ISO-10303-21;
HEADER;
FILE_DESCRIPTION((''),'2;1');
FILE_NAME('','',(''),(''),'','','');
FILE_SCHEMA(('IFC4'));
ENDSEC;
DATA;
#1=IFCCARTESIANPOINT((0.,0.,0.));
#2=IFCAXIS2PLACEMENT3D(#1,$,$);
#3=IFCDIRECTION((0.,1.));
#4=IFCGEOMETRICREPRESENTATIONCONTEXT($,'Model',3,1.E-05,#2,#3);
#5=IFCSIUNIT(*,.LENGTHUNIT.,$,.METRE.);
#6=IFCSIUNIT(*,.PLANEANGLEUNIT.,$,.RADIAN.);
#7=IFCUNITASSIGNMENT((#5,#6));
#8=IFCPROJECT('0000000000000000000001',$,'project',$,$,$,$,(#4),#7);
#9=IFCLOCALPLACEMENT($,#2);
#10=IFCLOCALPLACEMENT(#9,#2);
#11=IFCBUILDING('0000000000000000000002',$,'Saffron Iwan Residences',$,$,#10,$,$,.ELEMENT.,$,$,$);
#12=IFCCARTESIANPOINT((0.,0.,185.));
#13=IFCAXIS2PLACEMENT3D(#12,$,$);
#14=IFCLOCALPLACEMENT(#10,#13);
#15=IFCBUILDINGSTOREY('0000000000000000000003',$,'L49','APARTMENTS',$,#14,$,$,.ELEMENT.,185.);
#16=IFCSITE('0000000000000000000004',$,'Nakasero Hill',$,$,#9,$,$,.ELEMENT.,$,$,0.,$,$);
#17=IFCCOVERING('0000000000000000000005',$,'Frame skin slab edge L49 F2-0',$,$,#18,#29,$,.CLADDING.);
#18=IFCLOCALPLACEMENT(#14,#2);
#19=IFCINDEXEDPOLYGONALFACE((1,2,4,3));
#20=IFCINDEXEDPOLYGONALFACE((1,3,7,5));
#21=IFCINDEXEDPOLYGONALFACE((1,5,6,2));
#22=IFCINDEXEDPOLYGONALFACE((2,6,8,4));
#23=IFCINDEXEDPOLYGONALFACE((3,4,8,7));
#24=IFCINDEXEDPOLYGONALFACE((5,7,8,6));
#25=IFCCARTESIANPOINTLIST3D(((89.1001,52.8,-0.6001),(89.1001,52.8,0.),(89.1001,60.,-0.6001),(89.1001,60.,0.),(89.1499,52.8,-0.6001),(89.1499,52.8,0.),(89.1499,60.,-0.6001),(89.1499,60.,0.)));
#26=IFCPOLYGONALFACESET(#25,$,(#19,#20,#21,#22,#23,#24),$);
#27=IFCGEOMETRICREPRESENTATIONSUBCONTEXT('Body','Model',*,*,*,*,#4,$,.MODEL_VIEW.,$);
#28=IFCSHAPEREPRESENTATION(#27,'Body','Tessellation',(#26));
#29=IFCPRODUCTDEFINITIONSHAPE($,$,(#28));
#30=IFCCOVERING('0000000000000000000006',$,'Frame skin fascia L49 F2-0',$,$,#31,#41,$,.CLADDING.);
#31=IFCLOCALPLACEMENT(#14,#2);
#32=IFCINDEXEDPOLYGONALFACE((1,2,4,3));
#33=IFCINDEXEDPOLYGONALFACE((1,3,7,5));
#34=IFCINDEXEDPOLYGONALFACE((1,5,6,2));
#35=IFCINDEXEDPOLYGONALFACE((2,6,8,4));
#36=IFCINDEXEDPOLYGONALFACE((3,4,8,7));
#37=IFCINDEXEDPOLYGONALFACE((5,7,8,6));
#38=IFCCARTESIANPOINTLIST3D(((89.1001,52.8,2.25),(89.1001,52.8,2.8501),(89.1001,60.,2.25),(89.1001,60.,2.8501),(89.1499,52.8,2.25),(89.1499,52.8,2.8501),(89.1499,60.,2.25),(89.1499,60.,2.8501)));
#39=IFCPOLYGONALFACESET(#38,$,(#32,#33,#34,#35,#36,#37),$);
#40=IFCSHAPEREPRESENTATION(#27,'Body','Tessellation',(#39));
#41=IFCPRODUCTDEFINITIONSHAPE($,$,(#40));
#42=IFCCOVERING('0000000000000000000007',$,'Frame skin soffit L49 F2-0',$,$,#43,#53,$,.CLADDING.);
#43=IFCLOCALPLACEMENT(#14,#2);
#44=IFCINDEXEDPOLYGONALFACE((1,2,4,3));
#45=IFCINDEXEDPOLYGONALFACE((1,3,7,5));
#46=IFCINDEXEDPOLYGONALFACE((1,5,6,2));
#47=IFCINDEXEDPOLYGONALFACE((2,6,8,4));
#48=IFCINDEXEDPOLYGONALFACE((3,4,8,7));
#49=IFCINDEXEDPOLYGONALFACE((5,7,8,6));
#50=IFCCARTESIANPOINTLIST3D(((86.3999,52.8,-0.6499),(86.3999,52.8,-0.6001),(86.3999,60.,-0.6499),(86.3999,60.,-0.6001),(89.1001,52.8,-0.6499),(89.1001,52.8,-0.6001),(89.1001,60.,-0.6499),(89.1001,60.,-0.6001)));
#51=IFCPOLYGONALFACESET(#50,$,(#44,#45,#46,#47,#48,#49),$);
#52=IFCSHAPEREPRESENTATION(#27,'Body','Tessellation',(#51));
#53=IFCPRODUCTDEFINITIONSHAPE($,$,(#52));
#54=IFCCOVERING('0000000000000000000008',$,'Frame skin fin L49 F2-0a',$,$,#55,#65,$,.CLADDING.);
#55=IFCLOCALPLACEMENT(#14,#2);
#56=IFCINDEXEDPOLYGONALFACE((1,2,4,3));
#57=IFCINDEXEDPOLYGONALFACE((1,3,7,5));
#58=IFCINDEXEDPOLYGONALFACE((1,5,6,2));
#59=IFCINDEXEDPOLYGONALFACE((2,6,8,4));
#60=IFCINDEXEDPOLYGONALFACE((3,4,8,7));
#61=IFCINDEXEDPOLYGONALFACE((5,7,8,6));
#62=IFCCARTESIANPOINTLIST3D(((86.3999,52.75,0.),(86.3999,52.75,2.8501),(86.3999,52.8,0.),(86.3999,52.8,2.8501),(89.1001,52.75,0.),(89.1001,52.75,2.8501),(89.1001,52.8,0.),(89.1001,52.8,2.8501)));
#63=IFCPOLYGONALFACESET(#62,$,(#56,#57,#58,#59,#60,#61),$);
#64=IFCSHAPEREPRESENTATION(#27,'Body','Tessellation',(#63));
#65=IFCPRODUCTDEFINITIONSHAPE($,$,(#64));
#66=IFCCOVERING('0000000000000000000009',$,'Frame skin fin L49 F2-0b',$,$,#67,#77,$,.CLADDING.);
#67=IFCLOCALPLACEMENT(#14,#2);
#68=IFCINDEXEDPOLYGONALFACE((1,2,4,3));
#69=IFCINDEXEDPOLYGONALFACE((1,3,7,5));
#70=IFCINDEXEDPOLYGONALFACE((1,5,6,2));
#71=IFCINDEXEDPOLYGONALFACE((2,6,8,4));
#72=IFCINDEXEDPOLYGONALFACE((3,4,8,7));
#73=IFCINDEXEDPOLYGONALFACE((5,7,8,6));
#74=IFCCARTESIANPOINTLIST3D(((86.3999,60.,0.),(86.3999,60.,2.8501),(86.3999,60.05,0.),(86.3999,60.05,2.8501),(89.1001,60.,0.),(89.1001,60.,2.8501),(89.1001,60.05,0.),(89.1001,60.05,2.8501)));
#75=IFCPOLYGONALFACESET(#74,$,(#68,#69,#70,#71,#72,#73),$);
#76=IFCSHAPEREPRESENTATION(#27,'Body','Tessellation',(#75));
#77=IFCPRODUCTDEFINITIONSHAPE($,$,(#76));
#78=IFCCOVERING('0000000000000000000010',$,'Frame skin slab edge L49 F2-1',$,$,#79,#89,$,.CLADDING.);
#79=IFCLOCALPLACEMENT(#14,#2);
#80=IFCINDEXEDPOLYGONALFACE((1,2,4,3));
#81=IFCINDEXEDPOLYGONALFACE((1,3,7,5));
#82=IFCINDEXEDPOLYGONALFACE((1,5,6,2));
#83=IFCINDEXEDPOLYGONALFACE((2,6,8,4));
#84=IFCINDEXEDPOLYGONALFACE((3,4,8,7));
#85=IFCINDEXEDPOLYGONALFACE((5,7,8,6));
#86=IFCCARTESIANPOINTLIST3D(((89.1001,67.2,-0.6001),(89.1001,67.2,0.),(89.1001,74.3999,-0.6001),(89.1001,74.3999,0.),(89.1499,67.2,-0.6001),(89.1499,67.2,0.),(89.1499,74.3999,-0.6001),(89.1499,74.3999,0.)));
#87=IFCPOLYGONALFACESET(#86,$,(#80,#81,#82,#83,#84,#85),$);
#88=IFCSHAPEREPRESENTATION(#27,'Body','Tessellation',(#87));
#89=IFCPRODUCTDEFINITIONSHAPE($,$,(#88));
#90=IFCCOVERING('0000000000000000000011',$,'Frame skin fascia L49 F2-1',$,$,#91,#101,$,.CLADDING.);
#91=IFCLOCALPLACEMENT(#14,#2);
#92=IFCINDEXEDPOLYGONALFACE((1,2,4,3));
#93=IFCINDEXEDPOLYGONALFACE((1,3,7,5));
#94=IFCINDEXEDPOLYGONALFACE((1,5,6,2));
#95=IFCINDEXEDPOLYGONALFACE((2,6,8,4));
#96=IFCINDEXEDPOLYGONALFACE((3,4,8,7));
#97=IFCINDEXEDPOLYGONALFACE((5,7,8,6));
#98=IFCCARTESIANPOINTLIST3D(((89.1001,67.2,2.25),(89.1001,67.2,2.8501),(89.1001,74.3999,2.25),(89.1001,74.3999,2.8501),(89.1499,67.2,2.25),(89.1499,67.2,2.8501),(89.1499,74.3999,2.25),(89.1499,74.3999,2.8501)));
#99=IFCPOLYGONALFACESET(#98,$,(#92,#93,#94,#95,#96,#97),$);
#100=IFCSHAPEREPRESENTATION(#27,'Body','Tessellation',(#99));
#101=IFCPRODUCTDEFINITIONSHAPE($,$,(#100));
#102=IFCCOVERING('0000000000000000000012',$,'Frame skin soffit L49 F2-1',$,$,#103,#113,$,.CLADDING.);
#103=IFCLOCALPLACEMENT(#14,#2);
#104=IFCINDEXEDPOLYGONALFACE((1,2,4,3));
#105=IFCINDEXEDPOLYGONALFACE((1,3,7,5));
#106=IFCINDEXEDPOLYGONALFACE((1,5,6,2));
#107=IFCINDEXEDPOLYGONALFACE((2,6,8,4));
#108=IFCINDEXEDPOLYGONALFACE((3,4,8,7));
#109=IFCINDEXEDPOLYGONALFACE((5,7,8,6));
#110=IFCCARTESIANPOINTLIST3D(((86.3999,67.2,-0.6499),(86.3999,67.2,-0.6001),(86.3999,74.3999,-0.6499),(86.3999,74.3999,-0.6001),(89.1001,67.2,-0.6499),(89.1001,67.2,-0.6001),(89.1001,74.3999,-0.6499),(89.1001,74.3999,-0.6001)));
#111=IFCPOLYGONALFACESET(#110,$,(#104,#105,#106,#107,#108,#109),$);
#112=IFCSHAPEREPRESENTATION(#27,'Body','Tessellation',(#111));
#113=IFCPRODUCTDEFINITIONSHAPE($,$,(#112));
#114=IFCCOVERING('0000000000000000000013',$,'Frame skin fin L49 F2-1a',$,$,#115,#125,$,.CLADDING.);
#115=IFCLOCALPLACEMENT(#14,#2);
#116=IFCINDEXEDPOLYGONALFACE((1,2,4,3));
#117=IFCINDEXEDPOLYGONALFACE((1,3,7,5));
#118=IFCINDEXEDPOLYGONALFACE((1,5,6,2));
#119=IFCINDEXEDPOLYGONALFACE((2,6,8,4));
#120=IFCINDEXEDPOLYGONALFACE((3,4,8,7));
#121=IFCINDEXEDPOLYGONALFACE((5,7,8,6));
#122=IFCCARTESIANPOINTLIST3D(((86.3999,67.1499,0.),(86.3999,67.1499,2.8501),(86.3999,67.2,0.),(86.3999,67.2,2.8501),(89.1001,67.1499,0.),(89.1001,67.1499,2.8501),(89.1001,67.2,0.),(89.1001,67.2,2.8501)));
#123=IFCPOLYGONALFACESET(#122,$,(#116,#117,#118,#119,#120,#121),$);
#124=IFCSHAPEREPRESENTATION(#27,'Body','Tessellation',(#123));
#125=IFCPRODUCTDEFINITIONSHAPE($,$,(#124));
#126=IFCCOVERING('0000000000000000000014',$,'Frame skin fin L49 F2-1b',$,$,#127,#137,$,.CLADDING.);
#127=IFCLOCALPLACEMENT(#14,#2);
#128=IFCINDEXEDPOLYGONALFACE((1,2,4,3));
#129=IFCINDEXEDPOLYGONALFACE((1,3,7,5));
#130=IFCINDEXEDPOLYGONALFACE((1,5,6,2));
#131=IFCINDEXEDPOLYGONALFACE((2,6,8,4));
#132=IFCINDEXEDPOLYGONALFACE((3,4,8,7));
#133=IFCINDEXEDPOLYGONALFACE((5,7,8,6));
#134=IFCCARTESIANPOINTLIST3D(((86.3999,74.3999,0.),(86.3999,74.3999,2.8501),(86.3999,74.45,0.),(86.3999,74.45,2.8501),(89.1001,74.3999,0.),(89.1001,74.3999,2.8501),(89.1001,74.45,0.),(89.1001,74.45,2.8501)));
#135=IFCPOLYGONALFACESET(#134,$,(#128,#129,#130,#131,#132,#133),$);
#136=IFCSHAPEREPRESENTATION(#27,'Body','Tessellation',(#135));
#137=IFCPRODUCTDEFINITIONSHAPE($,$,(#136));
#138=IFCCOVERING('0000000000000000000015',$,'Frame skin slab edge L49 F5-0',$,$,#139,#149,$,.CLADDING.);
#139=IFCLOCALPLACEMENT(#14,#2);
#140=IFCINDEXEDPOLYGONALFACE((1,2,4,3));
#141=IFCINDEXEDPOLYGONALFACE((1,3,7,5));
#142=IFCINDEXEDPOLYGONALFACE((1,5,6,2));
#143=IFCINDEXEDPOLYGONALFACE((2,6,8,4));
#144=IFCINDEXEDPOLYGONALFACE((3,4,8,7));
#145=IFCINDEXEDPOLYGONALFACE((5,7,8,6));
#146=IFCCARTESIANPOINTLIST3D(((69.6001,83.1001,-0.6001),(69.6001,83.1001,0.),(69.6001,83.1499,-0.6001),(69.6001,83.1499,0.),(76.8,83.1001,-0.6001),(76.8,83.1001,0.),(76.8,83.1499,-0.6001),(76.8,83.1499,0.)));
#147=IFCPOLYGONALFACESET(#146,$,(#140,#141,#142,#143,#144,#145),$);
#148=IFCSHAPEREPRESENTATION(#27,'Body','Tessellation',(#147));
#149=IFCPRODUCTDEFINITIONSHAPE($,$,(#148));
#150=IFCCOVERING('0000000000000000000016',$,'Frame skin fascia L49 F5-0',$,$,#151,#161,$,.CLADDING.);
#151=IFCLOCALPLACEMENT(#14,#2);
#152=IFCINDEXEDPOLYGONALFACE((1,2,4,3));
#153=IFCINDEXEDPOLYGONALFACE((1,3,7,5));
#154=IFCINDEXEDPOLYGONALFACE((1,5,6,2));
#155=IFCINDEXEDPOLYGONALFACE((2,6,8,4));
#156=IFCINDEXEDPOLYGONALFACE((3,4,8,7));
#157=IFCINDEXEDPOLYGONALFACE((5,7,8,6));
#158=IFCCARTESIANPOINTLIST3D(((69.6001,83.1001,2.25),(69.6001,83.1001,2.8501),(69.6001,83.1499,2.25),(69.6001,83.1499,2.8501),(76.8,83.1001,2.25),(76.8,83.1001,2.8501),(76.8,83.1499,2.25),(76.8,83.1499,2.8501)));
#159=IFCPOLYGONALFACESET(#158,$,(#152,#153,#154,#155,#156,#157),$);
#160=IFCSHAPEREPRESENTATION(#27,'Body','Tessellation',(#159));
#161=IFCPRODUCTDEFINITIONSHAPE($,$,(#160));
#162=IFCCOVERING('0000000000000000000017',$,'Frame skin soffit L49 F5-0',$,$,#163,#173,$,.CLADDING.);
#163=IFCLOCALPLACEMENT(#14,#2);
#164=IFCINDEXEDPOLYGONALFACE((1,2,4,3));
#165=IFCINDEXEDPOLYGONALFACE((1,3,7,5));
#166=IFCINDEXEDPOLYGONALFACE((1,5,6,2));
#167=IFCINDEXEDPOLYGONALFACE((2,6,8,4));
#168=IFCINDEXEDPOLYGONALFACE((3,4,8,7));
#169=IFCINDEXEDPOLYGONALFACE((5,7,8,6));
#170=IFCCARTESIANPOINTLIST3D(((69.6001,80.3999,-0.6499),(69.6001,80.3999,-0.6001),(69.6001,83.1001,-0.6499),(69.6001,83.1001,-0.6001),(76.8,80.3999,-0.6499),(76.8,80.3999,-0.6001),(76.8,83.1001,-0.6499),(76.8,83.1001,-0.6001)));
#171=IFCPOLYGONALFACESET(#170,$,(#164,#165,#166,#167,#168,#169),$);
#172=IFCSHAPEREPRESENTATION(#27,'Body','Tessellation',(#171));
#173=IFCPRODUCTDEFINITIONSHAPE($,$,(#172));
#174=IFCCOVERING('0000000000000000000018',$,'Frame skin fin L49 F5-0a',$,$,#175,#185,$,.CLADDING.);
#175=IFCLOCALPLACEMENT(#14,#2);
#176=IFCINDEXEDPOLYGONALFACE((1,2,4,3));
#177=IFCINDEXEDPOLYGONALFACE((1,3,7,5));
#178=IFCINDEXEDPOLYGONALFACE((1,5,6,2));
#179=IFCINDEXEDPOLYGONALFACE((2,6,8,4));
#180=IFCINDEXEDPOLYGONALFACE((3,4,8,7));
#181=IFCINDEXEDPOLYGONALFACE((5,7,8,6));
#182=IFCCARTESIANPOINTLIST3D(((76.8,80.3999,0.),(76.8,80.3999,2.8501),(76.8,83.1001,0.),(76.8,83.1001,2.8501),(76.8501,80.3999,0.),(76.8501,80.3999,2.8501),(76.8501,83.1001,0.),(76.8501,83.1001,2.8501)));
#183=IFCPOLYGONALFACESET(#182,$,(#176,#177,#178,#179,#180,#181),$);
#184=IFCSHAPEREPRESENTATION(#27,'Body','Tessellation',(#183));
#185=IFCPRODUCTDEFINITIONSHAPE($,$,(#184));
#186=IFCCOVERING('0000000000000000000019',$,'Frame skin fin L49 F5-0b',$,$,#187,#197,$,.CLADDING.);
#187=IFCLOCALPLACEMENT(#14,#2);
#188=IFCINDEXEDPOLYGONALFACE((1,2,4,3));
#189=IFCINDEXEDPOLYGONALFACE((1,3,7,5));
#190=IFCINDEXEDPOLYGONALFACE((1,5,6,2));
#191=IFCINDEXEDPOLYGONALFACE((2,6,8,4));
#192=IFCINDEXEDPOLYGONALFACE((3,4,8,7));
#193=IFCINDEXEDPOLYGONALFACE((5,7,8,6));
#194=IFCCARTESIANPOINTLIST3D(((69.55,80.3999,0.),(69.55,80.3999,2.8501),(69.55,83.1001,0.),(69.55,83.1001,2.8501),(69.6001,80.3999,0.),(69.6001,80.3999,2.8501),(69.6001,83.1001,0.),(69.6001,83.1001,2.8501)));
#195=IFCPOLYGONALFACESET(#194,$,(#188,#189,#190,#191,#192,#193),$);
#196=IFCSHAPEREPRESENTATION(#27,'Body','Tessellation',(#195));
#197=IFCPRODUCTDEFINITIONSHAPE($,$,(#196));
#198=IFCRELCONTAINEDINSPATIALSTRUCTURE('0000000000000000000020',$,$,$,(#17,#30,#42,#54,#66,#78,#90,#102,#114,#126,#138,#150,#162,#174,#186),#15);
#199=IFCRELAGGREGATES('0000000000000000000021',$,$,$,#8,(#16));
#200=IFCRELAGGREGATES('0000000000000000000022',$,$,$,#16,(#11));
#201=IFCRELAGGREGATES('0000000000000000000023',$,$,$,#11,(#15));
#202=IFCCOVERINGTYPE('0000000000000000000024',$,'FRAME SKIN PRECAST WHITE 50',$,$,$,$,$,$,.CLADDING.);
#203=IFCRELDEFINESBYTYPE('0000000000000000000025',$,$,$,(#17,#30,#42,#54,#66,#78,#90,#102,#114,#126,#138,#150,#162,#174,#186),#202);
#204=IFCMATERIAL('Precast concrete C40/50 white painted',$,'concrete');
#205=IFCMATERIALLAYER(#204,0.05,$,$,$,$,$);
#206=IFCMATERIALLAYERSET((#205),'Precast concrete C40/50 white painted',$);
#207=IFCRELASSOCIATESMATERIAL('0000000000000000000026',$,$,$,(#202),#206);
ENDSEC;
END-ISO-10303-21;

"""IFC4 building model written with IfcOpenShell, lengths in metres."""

from ifc_helpers import new_model, si_unit, direction, frame, origin, place, context, subcontext, project, spatial, polyline, outline, extrude, material, layer, layer_set, type_object, element, save


model = new_model("IFC4")

# Units and contexts
model_context = context("Model", 3, precision=1e-05, world=origin(), true_north=direction((0.0, 1.0)))
body_context = subcontext(model_context, "Body", "Model", "MODEL_VIEW")
ifc_project = project(units=[si_unit("LENGTHUNIT", "METRE"), si_unit("PLANEANGLEUNIT", "RADIAN")], contexts=[model_context])

# Site, building, storey
site_placement = place(None, origin())
site = spatial("IfcSite", under=ifc_project, at=site_placement, Name="Nakasero Hill", CompositionType="ELEMENT", RefElevation=0.0)
building_placement = place(site_placement, origin())
building = spatial("IfcBuilding", under=site, at=building_placement, Name="Saffron Iwan Residences", CompositionType="ELEMENT")
storey_placement = place(building_placement, frame((0.0, 0.0, 185.0)))
storey = spatial("IfcBuildingStorey", under=building, at=storey_placement, Name="L49", Description="APARTMENTS", CompositionType="ELEMENT", Elevation=185.0)

# Coverings
ifc_material_1 = material(Name="Precast concrete C40/50 white painted", Category="concrete")
ifc_layer_1 = layer(ifc_material_1, 0.05)
ifc_layer_set_1 = layer_set([ifc_layer_1], Name="Precast concrete C40/50 white painted")
covering_type_1 = type_object("IfcCoveringType", Name="FRAME SKIN PRECAST WHITE 50", PredefinedType="CLADDING", material=ifc_layer_set_1)
for number, where, name in (
    (1, (0.0, 0.0, -0.6001), "Frame skin slab edge L49 F2-0"),
    (2, (0.0, 0.0, 2.25), "Frame skin fascia L49 F2-0"),
):
    element("IfcCovering", number, at=place(storey_placement, frame(where)), inside=storey, type_object=covering_type_1, Name=name, PredefinedType="CLADDING", context=body_context, shape_type="SweptSolid", body=[
        extrude(outline(polyline([(89.1499, 52.8), (89.1499, 60.0), (89.1001, 60.0), (89.1001, 52.8), (89.1499, 52.8)])), origin(), (0.0, 0.0, 1.0), 0.6001),
    ])
covering_1_placement = place(storey_placement, frame((0.0, 0.0, -0.6499)))
element("IfcCovering", 3, at=covering_1_placement, inside=storey, type_object=covering_type_1, Name="Frame skin soffit L49 F2-0", PredefinedType="CLADDING", context=body_context, shape_type="SweptSolid", body=[
    extrude(outline(polyline([(89.1001, 52.8), (89.1001, 60.0), (86.3999, 60.0), (86.3999, 52.8), (89.1001, 52.8)])), origin(), (0.0, 0.0, 1.0), 0.0498),
])
covering_2_placement = place(storey_placement, origin())
element("IfcCovering", 4, at=covering_2_placement, inside=storey, type_object=covering_type_1, Name="Frame skin fin L49 F2-0a", PredefinedType="CLADDING", context=body_context, shape_type="SweptSolid", body=[
    extrude(outline(polyline([(89.1001, 52.75), (89.1001, 52.8), (86.3999, 52.8), (86.3999, 52.75), (89.1001, 52.75)])), origin(), (0.0, 0.0, 1.0), 2.8501),
])
covering_3_placement = place(storey_placement, origin())
element("IfcCovering", 5, at=covering_3_placement, inside=storey, type_object=covering_type_1, Name="Frame skin fin L49 F2-0b", PredefinedType="CLADDING", context=body_context, shape_type="SweptSolid", body=[
    extrude(outline(polyline([(89.1001, 60.0), (89.1001, 60.05), (86.3999, 60.05), (86.3999, 60.0), (89.1001, 60.0)])), origin(), (0.0, 0.0, 1.0), 2.8501),
])
for number, where, name in (
    (6, (0.0, 0.0, -0.6001), "Frame skin slab edge L49 F2-1"),
    (7, (0.0, 0.0, 2.25), "Frame skin fascia L49 F2-1"),
):
    element("IfcCovering", number, at=place(storey_placement, frame(where)), inside=storey, type_object=covering_type_1, Name=name, PredefinedType="CLADDING", context=body_context, shape_type="SweptSolid", body=[
        extrude(outline(polyline([(89.1499, 67.2), (89.1499, 74.3999), (89.1001, 74.3999), (89.1001, 67.2), (89.1499, 67.2)])), origin(), (0.0, 0.0, 1.0), 0.6001),
    ])
covering_4_placement = place(storey_placement, frame((0.0, 0.0, -0.6499)))
element("IfcCovering", 8, at=covering_4_placement, inside=storey, type_object=covering_type_1, Name="Frame skin soffit L49 F2-1", PredefinedType="CLADDING", context=body_context, shape_type="SweptSolid", body=[
    extrude(outline(polyline([(89.1001, 67.2), (89.1001, 74.3999), (86.3999, 74.3999), (86.3999, 67.2), (89.1001, 67.2)])), origin(), (0.0, 0.0, 1.0), 0.0498),
])
covering_5_placement = place(storey_placement, origin())
element("IfcCovering", 9, at=covering_5_placement, inside=storey, type_object=covering_type_1, Name="Frame skin fin L49 F2-1a", PredefinedType="CLADDING", context=body_context, shape_type="SweptSolid", body=[
    extrude(outline(polyline([(89.1001, 67.1499), (89.1001, 67.2), (86.3999, 67.2), (86.3999, 67.1499), (89.1001, 67.1499)])), origin(), (0.0, 0.0, 1.0), 2.8501),
])
covering_6_placement = place(storey_placement, origin())
element("IfcCovering", 10, at=covering_6_placement, inside=storey, type_object=covering_type_1, Name="Frame skin fin L49 F2-1b", PredefinedType="CLADDING", context=body_context, shape_type="SweptSolid", body=[
    extrude(outline(polyline([(89.1001, 74.3999), (89.1001, 74.45), (86.3999, 74.45), (86.3999, 74.3999), (89.1001, 74.3999)])), origin(), (0.0, 0.0, 1.0), 2.8501),
])
for number, where, name in (
    (11, (0.0, 0.0, -0.6001), "Frame skin slab edge L49 F5-0"),
    (12, (0.0, 0.0, 2.25), "Frame skin fascia L49 F5-0"),
):
    element("IfcCovering", number, at=place(storey_placement, frame(where)), inside=storey, type_object=covering_type_1, Name=name, PredefinedType="CLADDING", context=body_context, shape_type="SweptSolid", body=[
        extrude(outline(polyline([(76.8, 83.1499), (69.6001, 83.1499), (69.6001, 83.1001), (76.8, 83.1001), (76.8, 83.1499)])), origin(), (0.0, 0.0, 1.0), 0.6001),
    ])
covering_7_placement = place(storey_placement, frame((0.0, 0.0, -0.6499)))
element("IfcCovering", 13, at=covering_7_placement, inside=storey, type_object=covering_type_1, Name="Frame skin soffit L49 F5-0", PredefinedType="CLADDING", context=body_context, shape_type="SweptSolid", body=[
    extrude(outline(polyline([(76.8, 83.1001), (69.6001, 83.1001), (69.6001, 80.3999), (76.8, 80.3999), (76.8, 83.1001)])), origin(), (0.0, 0.0, 1.0), 0.0498),
])
covering_8_placement = place(storey_placement, origin())
element("IfcCovering", 14, at=covering_8_placement, inside=storey, type_object=covering_type_1, Name="Frame skin fin L49 F5-0a", PredefinedType="CLADDING", context=body_context, shape_type="SweptSolid", body=[
    extrude(outline(polyline([(76.8501, 83.1001), (76.8, 83.1001), (76.8, 80.3999), (76.8501, 80.3999), (76.8501, 83.1001)])), origin(), (0.0, 0.0, 1.0), 2.8501),
])
covering_9_placement = place(storey_placement, origin())
element("IfcCovering", 15, at=covering_9_placement, inside=storey, type_object=covering_type_1, Name="Frame skin fin L49 F5-0b", PredefinedType="CLADDING", context=body_context, shape_type="SweptSolid", body=[
    extrude(outline(polyline([(69.6001, 83.1001), (69.55, 83.1001), (69.55, 80.3999), (69.6001, 80.3999), (69.6001, 83.1001)])), origin(), (0.0, 0.0, 1.0), 2.8501),
])

save(model, "model.ifc")
